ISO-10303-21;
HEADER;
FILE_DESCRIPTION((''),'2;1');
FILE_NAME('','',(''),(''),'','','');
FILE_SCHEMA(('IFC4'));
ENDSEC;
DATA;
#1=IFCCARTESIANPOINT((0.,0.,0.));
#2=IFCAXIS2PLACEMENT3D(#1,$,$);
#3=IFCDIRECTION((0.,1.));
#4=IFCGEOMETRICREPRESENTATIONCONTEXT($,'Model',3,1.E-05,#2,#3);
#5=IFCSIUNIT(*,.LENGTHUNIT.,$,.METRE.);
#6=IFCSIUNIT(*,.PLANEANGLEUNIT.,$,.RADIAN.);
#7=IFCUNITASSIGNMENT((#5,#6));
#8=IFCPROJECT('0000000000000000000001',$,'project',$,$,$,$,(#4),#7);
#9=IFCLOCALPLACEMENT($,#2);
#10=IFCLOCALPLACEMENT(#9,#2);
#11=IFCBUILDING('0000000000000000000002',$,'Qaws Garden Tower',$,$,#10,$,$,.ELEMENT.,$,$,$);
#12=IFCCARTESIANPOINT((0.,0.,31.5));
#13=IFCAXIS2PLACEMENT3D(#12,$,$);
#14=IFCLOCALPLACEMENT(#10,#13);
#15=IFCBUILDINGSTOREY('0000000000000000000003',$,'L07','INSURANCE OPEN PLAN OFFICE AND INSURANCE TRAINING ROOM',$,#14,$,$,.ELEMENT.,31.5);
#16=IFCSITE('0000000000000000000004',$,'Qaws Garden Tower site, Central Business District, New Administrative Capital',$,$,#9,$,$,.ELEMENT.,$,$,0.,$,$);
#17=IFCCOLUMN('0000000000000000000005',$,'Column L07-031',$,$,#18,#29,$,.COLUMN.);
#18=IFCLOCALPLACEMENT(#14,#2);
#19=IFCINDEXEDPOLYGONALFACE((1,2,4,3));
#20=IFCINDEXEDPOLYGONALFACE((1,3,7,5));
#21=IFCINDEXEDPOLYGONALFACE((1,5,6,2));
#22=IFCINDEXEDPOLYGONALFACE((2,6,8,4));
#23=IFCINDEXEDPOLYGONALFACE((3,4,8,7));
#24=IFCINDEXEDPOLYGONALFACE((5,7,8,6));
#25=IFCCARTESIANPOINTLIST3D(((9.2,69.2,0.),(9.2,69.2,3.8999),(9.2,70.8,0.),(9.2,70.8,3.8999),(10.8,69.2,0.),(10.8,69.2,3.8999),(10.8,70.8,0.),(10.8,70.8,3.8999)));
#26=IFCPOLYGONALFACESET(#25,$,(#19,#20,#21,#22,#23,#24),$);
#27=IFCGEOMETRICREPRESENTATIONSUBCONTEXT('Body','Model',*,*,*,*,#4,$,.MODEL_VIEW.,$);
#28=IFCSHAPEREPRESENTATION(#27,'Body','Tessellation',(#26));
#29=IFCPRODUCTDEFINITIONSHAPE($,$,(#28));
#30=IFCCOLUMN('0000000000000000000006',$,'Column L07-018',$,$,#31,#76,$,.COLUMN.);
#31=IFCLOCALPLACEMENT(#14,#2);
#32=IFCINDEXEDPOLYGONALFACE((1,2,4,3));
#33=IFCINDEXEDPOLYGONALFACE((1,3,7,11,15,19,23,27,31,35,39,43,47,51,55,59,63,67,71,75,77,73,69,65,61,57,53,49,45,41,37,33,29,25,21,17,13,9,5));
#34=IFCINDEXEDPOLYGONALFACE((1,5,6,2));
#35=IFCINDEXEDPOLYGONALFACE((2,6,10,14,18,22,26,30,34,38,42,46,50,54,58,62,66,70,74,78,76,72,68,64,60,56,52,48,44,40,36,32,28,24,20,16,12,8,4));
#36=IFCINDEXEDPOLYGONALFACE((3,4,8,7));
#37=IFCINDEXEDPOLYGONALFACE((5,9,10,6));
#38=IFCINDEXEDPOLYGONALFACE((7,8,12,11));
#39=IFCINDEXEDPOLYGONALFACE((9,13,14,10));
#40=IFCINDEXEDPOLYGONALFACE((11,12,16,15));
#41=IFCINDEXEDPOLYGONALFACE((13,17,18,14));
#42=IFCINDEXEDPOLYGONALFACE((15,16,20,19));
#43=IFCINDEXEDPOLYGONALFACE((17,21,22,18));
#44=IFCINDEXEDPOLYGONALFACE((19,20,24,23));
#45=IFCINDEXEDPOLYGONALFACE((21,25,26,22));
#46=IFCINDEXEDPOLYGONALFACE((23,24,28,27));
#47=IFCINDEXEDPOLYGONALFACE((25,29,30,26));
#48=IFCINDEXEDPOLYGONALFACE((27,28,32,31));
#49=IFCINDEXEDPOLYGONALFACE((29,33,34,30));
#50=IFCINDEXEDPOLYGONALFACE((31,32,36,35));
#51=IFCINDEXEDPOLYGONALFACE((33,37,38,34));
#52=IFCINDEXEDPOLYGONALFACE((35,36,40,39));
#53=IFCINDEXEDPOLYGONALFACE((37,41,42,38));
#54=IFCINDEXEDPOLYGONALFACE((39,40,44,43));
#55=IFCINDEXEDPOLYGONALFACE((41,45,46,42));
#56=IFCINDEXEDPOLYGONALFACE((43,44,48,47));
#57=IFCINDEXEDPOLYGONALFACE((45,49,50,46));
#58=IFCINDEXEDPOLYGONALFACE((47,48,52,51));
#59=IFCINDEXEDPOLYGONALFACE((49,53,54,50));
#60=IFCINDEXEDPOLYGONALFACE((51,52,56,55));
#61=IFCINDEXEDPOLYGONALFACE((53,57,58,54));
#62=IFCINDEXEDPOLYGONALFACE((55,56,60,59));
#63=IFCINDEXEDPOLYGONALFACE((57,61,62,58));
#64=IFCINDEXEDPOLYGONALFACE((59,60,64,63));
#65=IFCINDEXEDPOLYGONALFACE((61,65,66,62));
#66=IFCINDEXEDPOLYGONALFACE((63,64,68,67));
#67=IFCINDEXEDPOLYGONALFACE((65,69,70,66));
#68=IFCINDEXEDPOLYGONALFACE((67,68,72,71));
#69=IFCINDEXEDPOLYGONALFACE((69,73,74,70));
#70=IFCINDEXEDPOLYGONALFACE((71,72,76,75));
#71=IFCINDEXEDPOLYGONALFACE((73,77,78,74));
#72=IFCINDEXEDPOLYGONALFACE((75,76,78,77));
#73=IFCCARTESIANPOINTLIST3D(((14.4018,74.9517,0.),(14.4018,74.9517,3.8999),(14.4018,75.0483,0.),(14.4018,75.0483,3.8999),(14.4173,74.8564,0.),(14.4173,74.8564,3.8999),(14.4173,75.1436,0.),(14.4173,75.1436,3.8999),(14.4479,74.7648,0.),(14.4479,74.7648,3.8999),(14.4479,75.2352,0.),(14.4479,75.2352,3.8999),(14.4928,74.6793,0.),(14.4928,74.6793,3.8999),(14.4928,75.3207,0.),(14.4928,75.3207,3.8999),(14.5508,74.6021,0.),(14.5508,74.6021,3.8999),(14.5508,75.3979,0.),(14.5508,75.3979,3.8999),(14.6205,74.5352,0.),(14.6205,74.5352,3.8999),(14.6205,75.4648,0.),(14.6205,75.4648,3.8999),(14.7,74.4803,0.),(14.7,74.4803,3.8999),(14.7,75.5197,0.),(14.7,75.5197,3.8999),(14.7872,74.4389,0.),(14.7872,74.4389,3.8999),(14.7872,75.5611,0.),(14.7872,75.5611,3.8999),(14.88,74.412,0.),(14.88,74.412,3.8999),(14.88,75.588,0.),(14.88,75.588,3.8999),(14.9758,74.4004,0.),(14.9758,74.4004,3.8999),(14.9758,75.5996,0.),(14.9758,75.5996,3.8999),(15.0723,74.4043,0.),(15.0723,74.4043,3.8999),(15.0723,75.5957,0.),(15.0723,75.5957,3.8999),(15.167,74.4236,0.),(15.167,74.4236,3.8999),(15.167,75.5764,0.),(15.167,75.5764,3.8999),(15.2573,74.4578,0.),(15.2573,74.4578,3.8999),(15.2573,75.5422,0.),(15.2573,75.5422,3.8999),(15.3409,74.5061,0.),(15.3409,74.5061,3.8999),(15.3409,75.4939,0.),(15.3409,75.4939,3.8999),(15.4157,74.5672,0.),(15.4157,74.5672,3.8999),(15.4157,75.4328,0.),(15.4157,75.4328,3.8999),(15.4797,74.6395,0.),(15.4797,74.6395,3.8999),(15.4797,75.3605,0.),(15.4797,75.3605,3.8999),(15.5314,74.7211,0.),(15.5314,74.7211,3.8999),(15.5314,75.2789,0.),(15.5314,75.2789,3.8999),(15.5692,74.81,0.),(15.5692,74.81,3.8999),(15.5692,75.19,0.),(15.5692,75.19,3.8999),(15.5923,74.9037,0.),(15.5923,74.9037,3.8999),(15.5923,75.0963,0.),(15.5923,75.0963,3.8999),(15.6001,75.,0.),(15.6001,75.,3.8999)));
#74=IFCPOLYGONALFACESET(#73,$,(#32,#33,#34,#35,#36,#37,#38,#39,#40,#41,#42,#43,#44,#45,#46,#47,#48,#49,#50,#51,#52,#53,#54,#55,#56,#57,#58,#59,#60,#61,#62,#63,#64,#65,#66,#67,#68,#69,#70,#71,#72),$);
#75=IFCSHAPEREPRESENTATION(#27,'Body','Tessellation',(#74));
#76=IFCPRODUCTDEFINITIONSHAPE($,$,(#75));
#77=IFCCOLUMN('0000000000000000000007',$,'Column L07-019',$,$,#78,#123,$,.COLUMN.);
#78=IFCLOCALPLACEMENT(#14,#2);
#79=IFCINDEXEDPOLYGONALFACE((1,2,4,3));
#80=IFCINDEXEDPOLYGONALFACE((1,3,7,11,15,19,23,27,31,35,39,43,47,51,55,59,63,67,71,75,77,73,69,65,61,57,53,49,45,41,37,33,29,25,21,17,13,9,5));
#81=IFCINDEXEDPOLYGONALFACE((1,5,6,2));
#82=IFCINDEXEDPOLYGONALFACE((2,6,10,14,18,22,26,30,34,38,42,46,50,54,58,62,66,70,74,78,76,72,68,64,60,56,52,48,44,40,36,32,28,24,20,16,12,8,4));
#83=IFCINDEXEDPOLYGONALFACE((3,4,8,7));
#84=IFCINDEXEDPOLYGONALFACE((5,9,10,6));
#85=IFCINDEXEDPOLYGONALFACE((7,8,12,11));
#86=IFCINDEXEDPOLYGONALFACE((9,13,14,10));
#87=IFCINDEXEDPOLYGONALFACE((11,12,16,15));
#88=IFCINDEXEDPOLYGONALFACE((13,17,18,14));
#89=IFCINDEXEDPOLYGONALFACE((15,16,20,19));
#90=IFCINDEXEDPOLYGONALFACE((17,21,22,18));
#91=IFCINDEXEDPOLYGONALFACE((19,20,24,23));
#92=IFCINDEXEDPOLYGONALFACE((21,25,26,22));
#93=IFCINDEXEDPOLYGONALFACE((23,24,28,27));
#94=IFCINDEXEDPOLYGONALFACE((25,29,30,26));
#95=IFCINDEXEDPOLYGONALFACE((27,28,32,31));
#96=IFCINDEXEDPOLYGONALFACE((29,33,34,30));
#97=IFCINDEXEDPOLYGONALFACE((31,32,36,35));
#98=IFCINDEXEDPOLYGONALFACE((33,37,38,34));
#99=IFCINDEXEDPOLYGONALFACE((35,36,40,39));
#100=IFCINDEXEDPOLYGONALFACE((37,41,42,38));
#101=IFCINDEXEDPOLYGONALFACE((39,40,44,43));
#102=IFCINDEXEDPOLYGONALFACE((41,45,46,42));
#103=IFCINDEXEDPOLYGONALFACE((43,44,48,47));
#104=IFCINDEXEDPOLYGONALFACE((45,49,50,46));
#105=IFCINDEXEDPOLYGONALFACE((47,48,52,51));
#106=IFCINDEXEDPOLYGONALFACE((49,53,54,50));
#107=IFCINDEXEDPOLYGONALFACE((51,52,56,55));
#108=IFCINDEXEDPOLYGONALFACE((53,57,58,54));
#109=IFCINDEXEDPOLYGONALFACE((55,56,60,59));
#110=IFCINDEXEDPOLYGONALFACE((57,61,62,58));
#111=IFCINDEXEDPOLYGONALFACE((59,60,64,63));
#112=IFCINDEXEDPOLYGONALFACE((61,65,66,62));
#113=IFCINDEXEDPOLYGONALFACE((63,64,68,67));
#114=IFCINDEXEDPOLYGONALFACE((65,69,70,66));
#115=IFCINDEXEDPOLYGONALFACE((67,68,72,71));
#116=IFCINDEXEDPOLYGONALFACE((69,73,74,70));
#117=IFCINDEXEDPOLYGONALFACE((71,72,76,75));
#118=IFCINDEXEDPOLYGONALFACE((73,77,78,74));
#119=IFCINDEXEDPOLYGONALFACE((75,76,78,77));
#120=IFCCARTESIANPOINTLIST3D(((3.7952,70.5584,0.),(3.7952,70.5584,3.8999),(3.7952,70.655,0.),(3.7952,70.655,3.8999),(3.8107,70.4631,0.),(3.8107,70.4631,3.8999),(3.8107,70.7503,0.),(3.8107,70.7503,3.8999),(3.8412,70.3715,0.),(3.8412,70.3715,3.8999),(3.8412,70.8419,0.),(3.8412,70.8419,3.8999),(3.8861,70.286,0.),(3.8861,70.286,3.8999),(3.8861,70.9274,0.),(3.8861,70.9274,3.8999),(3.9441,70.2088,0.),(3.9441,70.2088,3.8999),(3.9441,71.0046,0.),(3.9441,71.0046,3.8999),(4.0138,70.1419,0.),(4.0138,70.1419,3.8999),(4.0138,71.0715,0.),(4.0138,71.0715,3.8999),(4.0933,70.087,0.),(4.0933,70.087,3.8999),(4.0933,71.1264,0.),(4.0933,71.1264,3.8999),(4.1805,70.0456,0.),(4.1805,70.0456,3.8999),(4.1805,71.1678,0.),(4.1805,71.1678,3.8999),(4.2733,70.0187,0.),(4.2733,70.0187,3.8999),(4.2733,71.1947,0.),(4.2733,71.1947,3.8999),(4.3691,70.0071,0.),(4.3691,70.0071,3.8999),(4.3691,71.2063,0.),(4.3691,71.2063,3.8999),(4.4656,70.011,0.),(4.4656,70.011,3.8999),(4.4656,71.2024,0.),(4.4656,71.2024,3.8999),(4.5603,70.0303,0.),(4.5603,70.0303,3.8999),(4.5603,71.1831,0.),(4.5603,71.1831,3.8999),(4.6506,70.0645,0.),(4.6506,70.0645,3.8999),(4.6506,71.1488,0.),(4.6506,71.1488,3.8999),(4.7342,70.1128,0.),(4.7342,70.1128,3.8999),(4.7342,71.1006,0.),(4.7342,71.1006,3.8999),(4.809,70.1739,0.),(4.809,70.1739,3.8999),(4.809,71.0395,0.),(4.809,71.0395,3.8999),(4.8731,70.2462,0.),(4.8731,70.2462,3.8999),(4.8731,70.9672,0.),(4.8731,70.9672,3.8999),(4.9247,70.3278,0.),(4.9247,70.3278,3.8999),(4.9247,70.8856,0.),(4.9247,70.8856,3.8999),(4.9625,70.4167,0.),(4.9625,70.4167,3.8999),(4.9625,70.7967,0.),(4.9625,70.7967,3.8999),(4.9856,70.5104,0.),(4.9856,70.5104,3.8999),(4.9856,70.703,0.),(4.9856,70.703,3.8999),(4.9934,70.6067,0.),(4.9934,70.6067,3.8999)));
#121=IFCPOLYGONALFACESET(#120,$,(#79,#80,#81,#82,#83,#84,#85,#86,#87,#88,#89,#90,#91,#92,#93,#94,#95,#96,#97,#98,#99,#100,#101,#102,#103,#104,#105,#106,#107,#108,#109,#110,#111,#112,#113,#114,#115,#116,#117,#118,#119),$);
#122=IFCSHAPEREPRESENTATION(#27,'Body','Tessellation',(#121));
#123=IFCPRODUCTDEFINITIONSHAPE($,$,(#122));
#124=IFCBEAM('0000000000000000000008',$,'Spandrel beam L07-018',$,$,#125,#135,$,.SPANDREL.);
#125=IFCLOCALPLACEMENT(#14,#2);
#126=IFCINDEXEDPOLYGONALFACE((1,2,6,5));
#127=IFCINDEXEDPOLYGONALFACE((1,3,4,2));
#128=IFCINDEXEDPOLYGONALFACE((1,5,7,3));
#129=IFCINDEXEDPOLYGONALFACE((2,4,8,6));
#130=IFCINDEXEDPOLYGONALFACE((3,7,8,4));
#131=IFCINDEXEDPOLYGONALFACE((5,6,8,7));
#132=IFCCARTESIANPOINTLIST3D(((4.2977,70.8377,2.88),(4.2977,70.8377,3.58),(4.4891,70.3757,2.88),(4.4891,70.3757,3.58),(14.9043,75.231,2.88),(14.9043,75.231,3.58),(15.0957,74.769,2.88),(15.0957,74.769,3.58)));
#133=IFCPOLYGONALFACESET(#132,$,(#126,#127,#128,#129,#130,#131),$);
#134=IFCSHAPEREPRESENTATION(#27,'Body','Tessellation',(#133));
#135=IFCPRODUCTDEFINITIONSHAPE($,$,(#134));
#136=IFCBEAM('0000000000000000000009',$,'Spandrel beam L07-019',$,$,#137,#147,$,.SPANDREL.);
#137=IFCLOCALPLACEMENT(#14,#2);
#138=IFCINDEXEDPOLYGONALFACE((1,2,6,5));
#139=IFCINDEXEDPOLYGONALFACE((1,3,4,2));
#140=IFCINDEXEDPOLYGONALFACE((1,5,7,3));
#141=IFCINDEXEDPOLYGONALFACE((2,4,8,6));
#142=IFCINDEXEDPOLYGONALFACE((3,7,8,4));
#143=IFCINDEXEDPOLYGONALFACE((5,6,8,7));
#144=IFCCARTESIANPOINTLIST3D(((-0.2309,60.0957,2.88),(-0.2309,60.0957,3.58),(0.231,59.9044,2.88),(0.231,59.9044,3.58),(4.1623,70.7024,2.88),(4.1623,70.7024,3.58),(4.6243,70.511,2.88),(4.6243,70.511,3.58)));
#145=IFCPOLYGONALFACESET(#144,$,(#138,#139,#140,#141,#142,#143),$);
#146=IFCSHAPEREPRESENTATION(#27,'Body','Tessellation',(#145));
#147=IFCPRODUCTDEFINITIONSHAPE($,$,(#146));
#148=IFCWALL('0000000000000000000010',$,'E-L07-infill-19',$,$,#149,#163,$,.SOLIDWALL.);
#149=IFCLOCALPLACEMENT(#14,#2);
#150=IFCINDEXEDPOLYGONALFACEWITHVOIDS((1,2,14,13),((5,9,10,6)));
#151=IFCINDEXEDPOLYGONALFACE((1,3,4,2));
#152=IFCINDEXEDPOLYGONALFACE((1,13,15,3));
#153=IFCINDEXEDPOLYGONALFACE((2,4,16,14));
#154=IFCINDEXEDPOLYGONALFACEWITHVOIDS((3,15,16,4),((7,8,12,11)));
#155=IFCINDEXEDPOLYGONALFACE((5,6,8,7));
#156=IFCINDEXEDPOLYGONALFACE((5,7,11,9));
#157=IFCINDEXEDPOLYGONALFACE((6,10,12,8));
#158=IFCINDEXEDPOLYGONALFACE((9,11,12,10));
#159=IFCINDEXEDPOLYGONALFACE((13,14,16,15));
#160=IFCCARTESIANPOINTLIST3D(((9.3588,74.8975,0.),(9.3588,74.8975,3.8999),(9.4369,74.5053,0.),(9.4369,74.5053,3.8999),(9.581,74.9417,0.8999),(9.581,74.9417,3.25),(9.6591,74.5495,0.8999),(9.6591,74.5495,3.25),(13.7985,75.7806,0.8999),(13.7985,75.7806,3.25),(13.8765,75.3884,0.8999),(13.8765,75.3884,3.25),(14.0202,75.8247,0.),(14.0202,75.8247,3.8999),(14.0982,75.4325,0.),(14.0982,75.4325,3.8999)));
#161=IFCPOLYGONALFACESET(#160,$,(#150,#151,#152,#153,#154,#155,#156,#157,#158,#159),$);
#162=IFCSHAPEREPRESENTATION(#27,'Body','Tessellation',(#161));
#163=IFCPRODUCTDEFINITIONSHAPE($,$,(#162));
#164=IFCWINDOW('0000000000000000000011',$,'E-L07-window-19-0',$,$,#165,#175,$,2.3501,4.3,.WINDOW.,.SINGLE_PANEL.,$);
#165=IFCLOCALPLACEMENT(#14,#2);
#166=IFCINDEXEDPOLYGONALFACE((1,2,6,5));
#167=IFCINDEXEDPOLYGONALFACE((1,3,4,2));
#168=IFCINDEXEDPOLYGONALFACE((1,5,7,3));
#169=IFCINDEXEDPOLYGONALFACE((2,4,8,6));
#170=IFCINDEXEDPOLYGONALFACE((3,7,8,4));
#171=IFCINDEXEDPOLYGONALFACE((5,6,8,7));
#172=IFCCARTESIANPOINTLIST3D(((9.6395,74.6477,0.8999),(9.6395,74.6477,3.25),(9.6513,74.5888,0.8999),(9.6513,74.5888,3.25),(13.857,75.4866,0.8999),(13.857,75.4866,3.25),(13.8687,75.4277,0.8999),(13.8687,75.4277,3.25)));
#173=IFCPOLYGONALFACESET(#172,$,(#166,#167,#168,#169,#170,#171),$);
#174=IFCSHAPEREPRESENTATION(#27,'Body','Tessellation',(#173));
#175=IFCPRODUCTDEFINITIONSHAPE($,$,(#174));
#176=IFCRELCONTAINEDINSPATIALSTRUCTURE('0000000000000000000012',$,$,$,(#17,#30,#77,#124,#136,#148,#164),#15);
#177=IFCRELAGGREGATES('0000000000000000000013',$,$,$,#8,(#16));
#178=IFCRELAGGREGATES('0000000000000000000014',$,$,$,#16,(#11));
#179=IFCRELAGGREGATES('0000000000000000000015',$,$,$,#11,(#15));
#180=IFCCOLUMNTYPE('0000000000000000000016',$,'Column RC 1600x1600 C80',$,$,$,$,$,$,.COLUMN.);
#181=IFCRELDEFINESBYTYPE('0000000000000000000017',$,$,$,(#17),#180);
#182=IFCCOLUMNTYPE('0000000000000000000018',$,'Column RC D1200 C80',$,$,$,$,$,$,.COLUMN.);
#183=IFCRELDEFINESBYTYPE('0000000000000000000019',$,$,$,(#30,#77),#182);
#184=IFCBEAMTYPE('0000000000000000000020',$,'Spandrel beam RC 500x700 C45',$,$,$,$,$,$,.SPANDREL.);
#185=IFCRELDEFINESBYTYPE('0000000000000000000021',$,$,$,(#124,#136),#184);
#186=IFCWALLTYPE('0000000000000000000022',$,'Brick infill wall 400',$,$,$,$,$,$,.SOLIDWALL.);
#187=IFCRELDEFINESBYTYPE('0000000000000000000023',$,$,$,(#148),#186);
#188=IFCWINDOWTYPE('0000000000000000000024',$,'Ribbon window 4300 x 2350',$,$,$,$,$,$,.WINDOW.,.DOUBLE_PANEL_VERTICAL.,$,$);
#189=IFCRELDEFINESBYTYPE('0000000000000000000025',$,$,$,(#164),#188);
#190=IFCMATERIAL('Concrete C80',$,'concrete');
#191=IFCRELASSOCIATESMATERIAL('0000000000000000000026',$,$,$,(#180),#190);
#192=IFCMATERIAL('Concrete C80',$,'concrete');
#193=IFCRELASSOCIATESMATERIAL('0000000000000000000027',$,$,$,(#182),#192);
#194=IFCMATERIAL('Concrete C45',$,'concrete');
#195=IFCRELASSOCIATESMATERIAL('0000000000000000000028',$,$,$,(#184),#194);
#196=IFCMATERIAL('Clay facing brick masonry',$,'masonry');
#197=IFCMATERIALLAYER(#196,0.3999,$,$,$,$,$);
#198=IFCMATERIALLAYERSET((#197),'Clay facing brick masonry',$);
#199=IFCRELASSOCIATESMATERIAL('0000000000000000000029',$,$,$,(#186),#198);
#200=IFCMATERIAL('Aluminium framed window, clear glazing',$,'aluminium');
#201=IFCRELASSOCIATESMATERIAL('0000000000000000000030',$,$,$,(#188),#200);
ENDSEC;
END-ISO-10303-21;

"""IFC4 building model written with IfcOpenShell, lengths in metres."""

from ifc_helpers import new_model, si_unit, direction, frame, frame_2d, origin, origin_2d, place, context, subcontext, project, spatial, rectangle, circle, extrude, material, layer, layer_set, material_profile, profile_set, type_object, element, fill, save


model = new_model("IFC4")

# Units and contexts
model_context = context("Model", 3, precision=1e-05, world=origin(), true_north=direction((0.0, 1.0)))
body_context = subcontext(model_context, "Body", "Model", "MODEL_VIEW")
ifc_project = project(units=[si_unit("LENGTHUNIT", "METRE"), si_unit("PLANEANGLEUNIT", "RADIAN")], contexts=[model_context])

# Site, building, storey
site_placement = place(None, origin())
site = spatial("IfcSite", under=ifc_project, at=site_placement, Name="Qaws Garden Tower site, Central Business District, New Administrative Capital", CompositionType="ELEMENT", RefElevation=0.0)
building_placement = place(site_placement, origin())
building = spatial("IfcBuilding", under=site, at=building_placement, Name="Qaws Garden Tower", CompositionType="ELEMENT")
storey_placement = place(building_placement, frame((0.0, 0.0, 31.5)))
storey = spatial("IfcBuildingStorey", under=building, at=storey_placement, Name="L07", Description="INSURANCE OPEN PLAN OFFICE AND INSURANCE TRAINING ROOM", CompositionType="ELEMENT", Elevation=31.5)

# Columns
ifc_material_1 = material(Name="Concrete C80", Category="concrete")
ifc_material_profile_1 = material_profile(ifc_material_1, rectangle(XDim=1.6001, YDim=1.6001, at=origin_2d()), Name="RC 1600x1600")
ifc_profile_set_1 = profile_set([ifc_material_profile_1], Name="Concrete C80")
column_type_1 = type_object("IfcColumnType", Name="Column RC 1600x1600 C80", PredefinedType="COLUMN", material=ifc_profile_set_1)
column_placement = place(storey_placement, frame((10.0, 70.0, 0.0), z_axis=(0.0, 0.0, 1.0), x_axis=(1.0, 0.0, 0.0)))
element("IfcColumn", 1, at=column_placement, inside=storey, type_object=column_type_1, Name="Column L07-031", PredefinedType="COLUMN", context=body_context, shape_type="SweptSolid", body=[
    extrude(rectangle(XDim=1.6001, YDim=1.6001, at=origin_2d()), origin(), (0.0, 0.0, 1.0), 3.8999),
])
ifc_material_2 = material(Name="Concrete C80", Category="concrete")
ifc_material_profile_2 = material_profile(ifc_material_2, circle(Radius=0.6001, at=origin_2d()), Name="RC D1200")
ifc_profile_set_2 = profile_set([ifc_material_profile_2], Name="Concrete C80")
column_type_2 = type_object("IfcColumnType", Name="Column RC D1200 C80", PredefinedType="COLUMN", material=ifc_profile_set_2)
for number, where, z_axis, x_axis, name in (
    (2, (15.0, 75.0, 0.0), (0.0, 0.0, 1.0), (1.0, 0.0, 0.0), "Column L07-018"),
    (3, (4.3933, 70.6067, 0.0), (0.0, 0.0, 1.0), (1.0, 0.0, 0.0), "Column L07-019"),
):
    element("IfcColumn", number, at=place(storey_placement, frame(where, z_axis=z_axis, x_axis=x_axis)), inside=storey, type_object=column_type_2, Name=name, PredefinedType="COLUMN", context=body_context, shape_type="SweptSolid", body=[
        extrude(circle(Radius=0.6001, at=origin_2d()), origin(), (0.0, 0.0, 1.0), 3.8999),
    ])

# Beams
ifc_material_3 = material(Name="Concrete C45", Category="concrete")
ifc_material_profile_3 = material_profile(ifc_material_3, rectangle(XDim=0.5, YDim=0.7, at=origin_2d()), Name="RC 500x700")
ifc_profile_set_3 = profile_set([ifc_material_profile_3], Name="Concrete C45")
beam_type = type_object("IfcBeamType", Name="Spandrel beam RC 500x700 C45", PredefinedType="SPANDREL", material=ifc_profile_set_3)
for number, where, z_axis, x_axis, name in (
    (4, (15.0, 75.0, 3.23), (-0.923883, -0.382674, 0.0), (0.382674, -0.923883, 0.0), "Spandrel beam L07-018"),
    (5, (4.3933, 70.6067, 3.23), (-0.382674, -0.923883, 0.0), (0.923883, -0.382674, 0.0), "Spandrel beam L07-019"),
):
    element("IfcBeam", number, at=place(storey_placement, frame(where, z_axis=z_axis, x_axis=x_axis)), inside=storey, type_object=beam_type, Name=name, PredefinedType="SPANDREL", context=body_context, shape_type="SweptSolid", body=[
        extrude(rectangle(XDim=0.5, YDim=0.7, at=origin_2d()), origin(), (0.0, 0.0, 1.0), 11.4805),
    ])

# Wall, opening, window
ifc_material_4 = material(Name="Clay facing brick masonry", Category="masonry")
ifc_layer_1 = layer(ifc_material_4, 0.3999)
ifc_layer_set_1 = layer_set([ifc_layer_1], Name="Clay facing brick masonry")
wall_type_1 = type_object("IfcWallType", Name="Brick infill wall 400", PredefinedType="SOLIDWALL", material=ifc_layer_set_1)
wall_1_placement = place(storey_placement, frame((14.0593, 75.6287, 0.0), z_axis=(0.0, 0.0, 1.0), x_axis=(-0.980784, -0.195099, 0.0)))
wall_1 = element("IfcWall", 6, at=wall_1_placement, inside=storey, type_object=wall_type_1, Name="E-L07-infill-19", PredefinedType="SOLIDWALL", context=body_context, shape_type="SweptSolid", body=[
    extrude(rectangle(XDim=4.7527, YDim=0.3999, at=frame_2d((2.3765, 0.0))), origin(), (0.0, 0.0, 1.0), 3.8999),
])
opening_1_placement = place(wall_1_placement, frame((0.2263, 0.0, 0.8999)))
opening_1 = element("IfcOpeningElement", 7, at=opening_1_placement, cuts=wall_1, PredefinedType="OPENING", context=body_context, shape_type="SweptSolid", body=[
    extrude(rectangle(XDim=4.3, YDim=2.3501, at=frame_2d((2.1499, 1.175))), frame((0.0, 0.21, 0.0), z_axis=(0.0, -1.0, 0.0), x_axis=(1.0, 0.0, 0.0)), (0.0, 0.0, 1.0), 0.4199),
])
ifc_material_5 = material(Name="Aluminium framed window, clear glazing", Category="aluminium")
window_type = type_object("IfcWindowType", Name="Ribbon window 4300 x 2350", PartitioningType="DOUBLE_PANEL_VERTICAL", PredefinedType="WINDOW", material=ifc_material_5)
window_1_placement = place(opening_1_placement, origin())
window_1 = element("IfcWindow", 8, at=window_1_placement, inside=storey, type_object=window_type, Name="E-L07-window-19-0", OverallHeight=2.3501, OverallWidth=4.3, PartitioningType="SINGLE_PANEL", PredefinedType="WINDOW", context=body_context, shape_type="SweptSolid", body=[
    extrude(rectangle(XDim=4.3, YDim=2.3501, at=frame_2d((2.1499, 1.175))), frame((0.0, 0.1599, 0.0), z_axis=(0.0, -1.0, 0.0), x_axis=(1.0, 0.0, 0.0)), (0.0, 0.0, 1.0), 0.0601),
])
fill(opening_1, window_1)

save(model, "model.ifc")
